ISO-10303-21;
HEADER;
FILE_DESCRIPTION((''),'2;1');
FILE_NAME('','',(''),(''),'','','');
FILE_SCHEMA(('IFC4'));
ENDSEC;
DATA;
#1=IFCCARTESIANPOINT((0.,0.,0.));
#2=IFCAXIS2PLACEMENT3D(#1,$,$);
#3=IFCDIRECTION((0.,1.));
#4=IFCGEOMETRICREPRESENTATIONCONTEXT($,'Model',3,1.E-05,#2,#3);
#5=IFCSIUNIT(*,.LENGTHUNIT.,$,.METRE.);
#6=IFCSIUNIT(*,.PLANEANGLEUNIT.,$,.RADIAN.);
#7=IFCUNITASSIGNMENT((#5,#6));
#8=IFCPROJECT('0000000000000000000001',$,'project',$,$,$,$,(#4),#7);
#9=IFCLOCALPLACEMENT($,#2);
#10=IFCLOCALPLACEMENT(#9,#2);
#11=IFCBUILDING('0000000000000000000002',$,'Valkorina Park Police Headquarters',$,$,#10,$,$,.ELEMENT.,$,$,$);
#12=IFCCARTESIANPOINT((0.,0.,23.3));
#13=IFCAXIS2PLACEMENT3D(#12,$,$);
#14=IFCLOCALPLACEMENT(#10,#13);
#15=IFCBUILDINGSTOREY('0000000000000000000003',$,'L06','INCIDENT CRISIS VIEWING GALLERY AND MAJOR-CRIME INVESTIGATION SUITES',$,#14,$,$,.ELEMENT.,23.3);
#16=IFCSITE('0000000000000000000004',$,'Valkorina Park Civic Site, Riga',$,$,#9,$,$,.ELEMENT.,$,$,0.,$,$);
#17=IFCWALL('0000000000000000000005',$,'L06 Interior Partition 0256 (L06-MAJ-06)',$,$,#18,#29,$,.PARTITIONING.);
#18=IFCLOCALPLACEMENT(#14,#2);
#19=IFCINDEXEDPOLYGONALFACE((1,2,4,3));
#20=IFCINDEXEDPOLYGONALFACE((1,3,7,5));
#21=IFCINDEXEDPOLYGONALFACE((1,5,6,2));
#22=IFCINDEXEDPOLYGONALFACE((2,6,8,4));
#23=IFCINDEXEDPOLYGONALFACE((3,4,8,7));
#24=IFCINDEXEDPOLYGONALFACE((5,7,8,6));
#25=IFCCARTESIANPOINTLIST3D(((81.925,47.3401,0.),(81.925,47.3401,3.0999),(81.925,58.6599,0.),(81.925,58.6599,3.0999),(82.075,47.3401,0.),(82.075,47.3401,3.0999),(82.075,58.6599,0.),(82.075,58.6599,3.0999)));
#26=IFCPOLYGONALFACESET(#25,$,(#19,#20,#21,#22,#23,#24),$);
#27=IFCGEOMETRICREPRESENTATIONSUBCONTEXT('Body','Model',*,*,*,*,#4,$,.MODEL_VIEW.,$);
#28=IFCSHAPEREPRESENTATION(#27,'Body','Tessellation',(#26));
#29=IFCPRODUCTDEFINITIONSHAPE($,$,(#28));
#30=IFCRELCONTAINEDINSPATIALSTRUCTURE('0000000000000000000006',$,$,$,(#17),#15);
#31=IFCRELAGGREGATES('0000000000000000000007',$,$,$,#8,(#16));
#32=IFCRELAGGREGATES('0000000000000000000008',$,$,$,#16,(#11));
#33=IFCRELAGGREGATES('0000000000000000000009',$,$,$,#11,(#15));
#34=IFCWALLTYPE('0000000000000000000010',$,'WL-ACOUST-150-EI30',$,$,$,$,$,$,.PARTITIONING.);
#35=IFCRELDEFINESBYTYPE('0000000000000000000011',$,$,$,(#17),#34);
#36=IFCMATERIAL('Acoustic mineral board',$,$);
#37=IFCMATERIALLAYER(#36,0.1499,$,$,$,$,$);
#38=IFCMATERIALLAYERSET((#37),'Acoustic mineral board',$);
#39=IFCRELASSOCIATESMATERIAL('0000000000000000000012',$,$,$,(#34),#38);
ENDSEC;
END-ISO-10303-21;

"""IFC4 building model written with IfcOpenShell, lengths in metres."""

from ifc_helpers import new_model, si_unit, direction, frame, frame_2d, origin, place, context, subcontext, project, spatial, rectangle, extrude, material, layer, layer_set, type_object, element, save


model = new_model("IFC4")

# Units and contexts
model_context = context("Model", 3, precision=1e-05, world=origin(), true_north=direction((0.0, 1.0)))
body_context = subcontext(model_context, "Body", "Model", "MODEL_VIEW")
ifc_project = project(units=[si_unit("LENGTHUNIT", "METRE"), si_unit("PLANEANGLEUNIT", "RADIAN")], contexts=[model_context])

# Site, building, storey
site_placement = place(None, origin())
site = spatial("IfcSite", under=ifc_project, at=site_placement, Name="Valkorina Park Civic Site, Riga", CompositionType="ELEMENT", RefElevation=0.0)
building_placement = place(site_placement, origin())
building = spatial("IfcBuilding", under=site, at=building_placement, Name="Valkorina Park Police Headquarters", CompositionType="ELEMENT")
storey_placement = place(building_placement, frame((0.0, 0.0, 23.3)))
storey = spatial("IfcBuildingStorey", under=building, at=storey_placement, Name="L06", Description="INCIDENT CRISIS VIEWING GALLERY AND MAJOR-CRIME INVESTIGATION SUITES", CompositionType="ELEMENT", Elevation=23.3)

# Wall
ifc_material_1 = material(Name="Acoustic mineral board")
ifc_layer_1 = layer(ifc_material_1, 0.1499)
ifc_layer_set_1 = layer_set([ifc_layer_1], Name="Acoustic mineral board")
wall_type = type_object("IfcWallType", Name="WL-ACOUST-150-EI30", PredefinedType="PARTITIONING", material=ifc_layer_set_1)
wall_placement = place(storey_placement, frame((82.0, 47.3401, 0.0), z_axis=(0.0, 0.0, 1.0), x_axis=(0.0, 1.0, 0.0)))
element("IfcWall", 1, at=wall_placement, inside=storey, type_object=wall_type, Name="L06 Interior Partition 0256 (L06-MAJ-06)", PredefinedType="PARTITIONING", context=body_context, shape_type="SweptSolid", body=[
    extrude(rectangle(XDim=11.3198, YDim=0.1499, at=frame_2d((5.6599, 0.0))), origin(), (0.0, 0.0, 1.0), 3.0999),
])

save(model, "model.ifc")
